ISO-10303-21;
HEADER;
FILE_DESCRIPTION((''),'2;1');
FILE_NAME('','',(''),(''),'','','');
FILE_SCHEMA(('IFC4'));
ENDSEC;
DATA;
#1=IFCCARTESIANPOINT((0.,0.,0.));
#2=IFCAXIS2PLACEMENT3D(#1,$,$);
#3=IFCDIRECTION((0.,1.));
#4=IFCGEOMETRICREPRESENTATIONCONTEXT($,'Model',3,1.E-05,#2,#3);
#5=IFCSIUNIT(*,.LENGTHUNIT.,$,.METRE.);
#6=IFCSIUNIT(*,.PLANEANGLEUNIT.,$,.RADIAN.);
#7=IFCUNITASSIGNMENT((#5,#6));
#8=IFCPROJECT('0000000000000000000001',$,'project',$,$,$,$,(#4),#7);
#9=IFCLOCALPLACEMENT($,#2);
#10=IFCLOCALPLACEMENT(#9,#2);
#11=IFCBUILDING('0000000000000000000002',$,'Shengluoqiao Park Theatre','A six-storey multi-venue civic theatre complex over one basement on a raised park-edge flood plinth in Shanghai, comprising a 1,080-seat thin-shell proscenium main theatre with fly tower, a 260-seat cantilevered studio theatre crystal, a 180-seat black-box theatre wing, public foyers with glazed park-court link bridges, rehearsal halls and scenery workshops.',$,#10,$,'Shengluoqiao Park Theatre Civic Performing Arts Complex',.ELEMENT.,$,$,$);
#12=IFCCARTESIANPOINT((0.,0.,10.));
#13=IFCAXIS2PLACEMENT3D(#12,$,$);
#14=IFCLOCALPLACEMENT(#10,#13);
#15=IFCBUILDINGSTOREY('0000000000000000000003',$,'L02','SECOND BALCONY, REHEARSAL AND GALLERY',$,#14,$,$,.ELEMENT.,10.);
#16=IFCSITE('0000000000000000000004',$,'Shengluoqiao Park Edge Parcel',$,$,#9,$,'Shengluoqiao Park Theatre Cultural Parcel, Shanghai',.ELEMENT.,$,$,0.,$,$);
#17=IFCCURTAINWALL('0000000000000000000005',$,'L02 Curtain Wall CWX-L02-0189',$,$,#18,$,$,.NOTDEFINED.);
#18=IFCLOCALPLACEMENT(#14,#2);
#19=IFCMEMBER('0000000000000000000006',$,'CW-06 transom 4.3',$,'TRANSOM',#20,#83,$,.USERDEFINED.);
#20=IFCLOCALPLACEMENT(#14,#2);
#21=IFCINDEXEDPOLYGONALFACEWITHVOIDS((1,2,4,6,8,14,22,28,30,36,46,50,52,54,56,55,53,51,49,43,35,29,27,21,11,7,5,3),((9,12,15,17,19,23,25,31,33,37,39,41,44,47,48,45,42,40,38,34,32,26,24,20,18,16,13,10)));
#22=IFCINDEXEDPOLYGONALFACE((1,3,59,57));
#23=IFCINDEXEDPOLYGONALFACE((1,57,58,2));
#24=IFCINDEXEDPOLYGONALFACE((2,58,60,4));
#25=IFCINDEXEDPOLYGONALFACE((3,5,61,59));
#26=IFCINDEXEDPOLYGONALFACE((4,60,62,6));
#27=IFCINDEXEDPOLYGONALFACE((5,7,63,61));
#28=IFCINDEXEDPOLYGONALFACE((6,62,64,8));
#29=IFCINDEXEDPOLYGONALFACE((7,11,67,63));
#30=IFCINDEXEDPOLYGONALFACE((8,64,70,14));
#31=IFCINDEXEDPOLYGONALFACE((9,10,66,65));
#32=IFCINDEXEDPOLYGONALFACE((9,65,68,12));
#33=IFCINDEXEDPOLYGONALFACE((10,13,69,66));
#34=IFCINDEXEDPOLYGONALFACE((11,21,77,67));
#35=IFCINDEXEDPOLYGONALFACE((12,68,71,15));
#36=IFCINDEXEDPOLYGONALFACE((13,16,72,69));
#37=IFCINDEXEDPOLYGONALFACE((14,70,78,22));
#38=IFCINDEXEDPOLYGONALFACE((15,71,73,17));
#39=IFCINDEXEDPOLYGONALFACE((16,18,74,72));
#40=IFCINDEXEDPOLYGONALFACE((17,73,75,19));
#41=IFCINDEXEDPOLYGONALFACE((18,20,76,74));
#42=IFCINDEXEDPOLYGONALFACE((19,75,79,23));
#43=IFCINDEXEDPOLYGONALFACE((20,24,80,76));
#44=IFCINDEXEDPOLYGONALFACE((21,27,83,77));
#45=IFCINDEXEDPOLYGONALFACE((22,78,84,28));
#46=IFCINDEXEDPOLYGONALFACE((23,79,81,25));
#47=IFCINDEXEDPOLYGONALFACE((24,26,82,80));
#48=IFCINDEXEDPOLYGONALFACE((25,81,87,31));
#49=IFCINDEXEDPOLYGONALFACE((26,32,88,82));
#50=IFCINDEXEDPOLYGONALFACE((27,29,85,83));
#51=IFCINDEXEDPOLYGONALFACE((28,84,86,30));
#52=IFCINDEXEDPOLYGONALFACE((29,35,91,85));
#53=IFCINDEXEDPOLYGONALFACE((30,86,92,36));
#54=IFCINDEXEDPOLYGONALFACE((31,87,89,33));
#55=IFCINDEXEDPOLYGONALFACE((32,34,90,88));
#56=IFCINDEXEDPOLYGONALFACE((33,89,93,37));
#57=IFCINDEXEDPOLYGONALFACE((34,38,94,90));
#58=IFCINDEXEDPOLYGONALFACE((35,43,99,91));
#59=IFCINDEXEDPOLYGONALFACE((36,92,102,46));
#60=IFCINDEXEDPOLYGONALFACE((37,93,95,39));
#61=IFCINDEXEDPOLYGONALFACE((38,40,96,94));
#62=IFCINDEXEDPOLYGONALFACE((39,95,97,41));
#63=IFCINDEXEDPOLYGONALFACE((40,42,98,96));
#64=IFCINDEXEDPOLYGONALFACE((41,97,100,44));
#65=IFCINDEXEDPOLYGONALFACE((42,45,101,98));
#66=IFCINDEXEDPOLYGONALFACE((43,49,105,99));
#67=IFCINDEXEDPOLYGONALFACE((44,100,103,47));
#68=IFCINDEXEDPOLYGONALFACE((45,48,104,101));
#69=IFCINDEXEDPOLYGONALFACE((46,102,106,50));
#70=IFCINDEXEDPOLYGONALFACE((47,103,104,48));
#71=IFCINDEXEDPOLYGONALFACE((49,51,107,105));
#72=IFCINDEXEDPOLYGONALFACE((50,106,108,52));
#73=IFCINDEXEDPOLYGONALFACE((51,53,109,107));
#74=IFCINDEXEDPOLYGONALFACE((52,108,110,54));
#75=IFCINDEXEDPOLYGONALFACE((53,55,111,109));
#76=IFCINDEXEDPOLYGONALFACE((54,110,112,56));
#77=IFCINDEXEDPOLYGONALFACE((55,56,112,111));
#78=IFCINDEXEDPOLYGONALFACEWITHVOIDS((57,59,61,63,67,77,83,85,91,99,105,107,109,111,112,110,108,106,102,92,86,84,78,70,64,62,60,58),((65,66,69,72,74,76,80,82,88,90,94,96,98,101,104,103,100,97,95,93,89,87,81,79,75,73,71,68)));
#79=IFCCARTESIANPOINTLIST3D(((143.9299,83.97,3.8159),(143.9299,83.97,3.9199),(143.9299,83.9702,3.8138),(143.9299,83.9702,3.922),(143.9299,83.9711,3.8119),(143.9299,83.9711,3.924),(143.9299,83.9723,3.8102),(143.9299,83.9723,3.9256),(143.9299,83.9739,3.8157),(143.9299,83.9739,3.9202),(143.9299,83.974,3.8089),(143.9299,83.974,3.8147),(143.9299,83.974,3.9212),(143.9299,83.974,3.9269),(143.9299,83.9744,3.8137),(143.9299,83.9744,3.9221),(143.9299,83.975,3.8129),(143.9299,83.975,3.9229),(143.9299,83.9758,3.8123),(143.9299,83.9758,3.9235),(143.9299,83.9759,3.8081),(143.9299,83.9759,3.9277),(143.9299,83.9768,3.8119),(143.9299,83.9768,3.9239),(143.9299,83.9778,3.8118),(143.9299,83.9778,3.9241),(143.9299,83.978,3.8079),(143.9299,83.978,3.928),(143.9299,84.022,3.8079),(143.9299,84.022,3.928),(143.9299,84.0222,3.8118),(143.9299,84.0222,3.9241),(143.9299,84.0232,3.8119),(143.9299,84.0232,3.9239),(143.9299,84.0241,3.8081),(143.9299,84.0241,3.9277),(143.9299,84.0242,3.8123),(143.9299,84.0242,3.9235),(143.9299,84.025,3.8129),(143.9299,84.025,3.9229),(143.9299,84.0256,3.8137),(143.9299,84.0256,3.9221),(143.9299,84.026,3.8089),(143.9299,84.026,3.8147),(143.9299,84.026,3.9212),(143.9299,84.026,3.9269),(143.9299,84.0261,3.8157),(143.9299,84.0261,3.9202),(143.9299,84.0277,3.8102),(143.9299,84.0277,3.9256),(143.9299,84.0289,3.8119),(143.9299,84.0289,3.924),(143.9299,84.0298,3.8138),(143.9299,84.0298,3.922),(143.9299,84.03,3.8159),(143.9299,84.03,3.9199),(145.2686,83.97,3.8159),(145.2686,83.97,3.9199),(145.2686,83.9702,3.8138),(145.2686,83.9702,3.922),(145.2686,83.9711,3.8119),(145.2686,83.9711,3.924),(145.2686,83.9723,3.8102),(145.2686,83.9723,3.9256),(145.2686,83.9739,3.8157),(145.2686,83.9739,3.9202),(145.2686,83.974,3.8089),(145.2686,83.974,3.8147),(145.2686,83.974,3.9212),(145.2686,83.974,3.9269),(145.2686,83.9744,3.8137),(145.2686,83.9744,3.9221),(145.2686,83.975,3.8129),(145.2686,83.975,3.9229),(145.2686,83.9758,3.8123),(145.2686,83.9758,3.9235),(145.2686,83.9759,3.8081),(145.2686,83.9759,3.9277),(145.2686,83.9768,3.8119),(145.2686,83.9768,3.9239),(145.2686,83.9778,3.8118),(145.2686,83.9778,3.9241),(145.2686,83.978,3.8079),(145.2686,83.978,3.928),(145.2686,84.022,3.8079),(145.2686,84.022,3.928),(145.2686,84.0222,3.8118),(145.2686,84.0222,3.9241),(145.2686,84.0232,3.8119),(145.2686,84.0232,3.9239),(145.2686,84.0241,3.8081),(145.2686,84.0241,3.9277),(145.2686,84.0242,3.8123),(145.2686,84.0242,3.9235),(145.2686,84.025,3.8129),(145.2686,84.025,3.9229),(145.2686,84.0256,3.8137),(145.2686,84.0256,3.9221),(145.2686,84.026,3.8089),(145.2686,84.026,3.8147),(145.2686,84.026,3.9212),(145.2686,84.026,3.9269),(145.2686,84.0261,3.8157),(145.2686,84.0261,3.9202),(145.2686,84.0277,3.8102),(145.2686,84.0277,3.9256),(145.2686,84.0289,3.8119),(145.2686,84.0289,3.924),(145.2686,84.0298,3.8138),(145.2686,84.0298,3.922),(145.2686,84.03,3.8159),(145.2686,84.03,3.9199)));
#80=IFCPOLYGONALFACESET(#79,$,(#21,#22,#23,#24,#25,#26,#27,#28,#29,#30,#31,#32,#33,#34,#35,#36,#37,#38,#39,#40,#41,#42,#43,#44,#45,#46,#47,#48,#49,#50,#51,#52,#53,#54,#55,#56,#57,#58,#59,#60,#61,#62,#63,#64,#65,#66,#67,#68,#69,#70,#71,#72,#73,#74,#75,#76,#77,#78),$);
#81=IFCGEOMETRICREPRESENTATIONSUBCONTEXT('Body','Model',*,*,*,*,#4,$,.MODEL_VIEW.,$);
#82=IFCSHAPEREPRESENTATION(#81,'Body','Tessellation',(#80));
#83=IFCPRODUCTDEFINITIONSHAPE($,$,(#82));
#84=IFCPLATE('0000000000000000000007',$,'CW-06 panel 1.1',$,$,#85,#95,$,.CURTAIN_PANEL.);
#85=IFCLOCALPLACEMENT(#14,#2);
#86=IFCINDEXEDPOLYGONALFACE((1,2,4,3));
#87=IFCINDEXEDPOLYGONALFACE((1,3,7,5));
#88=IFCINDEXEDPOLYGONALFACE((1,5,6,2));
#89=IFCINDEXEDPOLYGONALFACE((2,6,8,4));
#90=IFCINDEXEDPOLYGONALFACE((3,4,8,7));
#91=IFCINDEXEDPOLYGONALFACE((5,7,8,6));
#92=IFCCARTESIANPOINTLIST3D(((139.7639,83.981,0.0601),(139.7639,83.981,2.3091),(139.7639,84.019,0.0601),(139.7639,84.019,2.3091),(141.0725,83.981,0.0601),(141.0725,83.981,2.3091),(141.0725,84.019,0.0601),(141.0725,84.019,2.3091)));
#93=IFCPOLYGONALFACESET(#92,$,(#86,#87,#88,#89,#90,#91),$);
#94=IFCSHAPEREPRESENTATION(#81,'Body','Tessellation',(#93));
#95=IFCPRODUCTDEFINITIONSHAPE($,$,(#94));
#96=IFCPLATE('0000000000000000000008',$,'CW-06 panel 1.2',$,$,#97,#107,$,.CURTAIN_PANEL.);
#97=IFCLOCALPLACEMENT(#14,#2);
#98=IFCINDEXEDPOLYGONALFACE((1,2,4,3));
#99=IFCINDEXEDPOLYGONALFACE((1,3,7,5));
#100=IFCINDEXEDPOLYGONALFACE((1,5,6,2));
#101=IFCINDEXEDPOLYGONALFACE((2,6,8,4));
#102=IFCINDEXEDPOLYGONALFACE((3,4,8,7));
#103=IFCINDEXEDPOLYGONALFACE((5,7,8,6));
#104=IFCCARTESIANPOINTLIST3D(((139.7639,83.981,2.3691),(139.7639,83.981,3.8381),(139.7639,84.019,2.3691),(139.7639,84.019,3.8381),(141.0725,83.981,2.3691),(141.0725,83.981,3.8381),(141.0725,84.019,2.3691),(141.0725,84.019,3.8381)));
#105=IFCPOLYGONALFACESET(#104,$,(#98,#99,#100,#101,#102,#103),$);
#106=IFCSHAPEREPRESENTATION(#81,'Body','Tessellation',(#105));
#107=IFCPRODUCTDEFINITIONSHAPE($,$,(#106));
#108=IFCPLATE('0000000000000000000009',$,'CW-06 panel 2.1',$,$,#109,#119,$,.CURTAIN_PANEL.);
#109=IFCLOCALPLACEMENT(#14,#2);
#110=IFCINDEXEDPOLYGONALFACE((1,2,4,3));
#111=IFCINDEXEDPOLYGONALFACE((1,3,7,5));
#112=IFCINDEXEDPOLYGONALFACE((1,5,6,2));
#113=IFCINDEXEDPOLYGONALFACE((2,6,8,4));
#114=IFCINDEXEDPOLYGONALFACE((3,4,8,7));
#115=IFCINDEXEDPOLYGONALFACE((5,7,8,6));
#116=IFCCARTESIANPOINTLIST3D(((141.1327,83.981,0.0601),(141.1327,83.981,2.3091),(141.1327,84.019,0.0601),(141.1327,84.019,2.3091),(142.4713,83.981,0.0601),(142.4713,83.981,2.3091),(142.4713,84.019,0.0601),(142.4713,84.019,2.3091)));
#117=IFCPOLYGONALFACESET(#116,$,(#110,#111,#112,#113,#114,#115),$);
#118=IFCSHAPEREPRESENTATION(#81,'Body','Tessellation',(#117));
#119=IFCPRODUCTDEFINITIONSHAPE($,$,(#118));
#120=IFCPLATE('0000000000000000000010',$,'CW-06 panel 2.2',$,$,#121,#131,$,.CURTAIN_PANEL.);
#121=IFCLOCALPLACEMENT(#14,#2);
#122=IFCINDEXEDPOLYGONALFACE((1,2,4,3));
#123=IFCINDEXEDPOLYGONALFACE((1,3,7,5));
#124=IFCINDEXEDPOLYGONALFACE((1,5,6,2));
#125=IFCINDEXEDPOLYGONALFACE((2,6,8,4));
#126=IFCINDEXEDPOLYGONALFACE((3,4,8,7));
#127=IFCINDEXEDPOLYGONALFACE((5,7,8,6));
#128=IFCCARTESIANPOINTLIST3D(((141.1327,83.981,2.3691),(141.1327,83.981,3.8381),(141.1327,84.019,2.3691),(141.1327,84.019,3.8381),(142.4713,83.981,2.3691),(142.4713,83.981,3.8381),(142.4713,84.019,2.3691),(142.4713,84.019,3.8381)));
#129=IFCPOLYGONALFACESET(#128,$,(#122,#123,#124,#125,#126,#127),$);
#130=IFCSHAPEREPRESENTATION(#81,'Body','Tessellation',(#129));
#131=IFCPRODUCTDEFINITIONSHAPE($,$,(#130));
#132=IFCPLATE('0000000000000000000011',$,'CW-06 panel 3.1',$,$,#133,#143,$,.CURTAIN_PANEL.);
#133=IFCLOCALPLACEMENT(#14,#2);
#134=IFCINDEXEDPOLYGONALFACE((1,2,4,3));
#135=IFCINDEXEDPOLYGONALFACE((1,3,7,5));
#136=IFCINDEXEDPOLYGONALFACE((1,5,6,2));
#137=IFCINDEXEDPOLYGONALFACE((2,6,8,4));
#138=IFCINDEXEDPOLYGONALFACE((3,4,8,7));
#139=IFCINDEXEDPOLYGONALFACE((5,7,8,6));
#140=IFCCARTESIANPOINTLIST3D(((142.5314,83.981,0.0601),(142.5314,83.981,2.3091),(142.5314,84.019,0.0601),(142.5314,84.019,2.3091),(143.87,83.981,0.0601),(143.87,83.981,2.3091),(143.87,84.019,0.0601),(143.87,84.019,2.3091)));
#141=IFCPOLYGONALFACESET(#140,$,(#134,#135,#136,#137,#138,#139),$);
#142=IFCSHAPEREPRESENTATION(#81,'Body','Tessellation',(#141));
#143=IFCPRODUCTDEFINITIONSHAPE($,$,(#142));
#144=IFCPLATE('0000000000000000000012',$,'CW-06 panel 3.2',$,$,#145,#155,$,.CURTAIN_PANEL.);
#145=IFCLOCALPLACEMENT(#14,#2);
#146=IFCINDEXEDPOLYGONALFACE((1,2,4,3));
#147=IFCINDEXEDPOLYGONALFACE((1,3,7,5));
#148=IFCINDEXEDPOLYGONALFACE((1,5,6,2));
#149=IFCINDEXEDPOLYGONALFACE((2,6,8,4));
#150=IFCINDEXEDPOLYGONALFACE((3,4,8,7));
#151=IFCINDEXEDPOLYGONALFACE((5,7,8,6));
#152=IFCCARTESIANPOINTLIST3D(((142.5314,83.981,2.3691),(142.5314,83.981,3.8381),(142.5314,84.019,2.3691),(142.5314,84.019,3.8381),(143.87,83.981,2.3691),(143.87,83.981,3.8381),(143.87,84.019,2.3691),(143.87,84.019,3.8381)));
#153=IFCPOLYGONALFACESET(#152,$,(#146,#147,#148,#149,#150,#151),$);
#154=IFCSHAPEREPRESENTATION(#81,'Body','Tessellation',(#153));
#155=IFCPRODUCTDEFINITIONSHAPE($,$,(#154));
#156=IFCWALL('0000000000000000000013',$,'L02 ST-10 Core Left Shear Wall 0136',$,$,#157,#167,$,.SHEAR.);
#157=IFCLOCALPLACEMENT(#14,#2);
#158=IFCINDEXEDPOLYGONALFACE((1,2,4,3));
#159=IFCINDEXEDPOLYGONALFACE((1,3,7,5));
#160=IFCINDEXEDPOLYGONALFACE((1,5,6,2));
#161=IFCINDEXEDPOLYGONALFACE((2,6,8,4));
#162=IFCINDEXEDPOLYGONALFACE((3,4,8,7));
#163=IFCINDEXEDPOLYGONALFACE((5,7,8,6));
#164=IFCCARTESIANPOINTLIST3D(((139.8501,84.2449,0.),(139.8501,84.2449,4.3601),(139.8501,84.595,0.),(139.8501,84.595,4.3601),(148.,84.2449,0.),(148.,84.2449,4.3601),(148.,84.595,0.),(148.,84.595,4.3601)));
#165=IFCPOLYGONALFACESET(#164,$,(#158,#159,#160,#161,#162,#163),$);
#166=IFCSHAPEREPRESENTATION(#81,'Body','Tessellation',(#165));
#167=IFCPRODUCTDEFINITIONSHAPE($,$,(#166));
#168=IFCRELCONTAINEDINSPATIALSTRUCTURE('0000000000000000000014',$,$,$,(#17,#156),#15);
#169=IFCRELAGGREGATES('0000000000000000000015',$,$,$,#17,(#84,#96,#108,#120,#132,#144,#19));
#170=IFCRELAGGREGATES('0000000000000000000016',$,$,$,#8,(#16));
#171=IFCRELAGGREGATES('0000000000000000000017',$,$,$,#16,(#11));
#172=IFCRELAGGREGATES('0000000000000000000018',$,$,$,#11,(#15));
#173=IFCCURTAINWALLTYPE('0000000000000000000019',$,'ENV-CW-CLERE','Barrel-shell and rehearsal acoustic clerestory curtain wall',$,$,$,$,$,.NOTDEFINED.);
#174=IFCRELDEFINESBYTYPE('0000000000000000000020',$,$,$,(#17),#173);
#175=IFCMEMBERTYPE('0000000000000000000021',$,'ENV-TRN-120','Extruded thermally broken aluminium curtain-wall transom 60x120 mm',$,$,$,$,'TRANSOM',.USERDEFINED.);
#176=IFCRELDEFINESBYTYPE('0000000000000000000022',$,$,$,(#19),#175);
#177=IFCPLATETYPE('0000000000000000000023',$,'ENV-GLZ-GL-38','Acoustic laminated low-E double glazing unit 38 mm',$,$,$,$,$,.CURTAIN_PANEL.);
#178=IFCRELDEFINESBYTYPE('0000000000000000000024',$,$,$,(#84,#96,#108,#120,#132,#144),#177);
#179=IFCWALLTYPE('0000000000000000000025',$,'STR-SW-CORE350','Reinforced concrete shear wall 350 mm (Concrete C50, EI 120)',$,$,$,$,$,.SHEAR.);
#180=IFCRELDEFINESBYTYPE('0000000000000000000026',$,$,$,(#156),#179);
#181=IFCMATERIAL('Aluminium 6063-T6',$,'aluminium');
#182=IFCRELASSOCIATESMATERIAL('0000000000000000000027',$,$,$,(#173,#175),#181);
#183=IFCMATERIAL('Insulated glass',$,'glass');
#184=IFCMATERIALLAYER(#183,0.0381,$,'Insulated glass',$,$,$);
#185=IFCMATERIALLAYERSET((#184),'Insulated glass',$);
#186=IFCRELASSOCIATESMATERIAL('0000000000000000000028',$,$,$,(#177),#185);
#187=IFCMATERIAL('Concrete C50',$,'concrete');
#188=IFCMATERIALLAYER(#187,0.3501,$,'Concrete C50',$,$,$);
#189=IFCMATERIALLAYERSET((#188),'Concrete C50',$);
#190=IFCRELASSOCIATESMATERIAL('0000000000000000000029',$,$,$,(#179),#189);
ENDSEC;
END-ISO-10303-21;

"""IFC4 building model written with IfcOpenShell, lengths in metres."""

from ifc_helpers import new_model, si_unit, direction, frame, frame_2d, origin, origin_2d, place, context, subcontext, project, spatial, rectangle, hollow_rectangle, extrude, material, layer, layer_set, material_profile, profile_set, type_object, element, aggregate, save


model = new_model("IFC4")

# Units and contexts
model_context = context("Model", 3, precision=1e-05, world=origin(), true_north=direction((0.0, 1.0)))
body_context = subcontext(model_context, "Body", "Model", "MODEL_VIEW")
ifc_project = project(units=[si_unit("LENGTHUNIT", "METRE"), si_unit("PLANEANGLEUNIT", "RADIAN")], contexts=[model_context])

# Site, building, storey
site_placement = place(None, origin())
site = spatial("IfcSite", under=ifc_project, at=site_placement, Name="Shengluoqiao Park Edge Parcel", LongName="Shengluoqiao Park Theatre Cultural Parcel, Shanghai", CompositionType="ELEMENT", RefElevation=0.0)
building_placement = place(site_placement, origin())
building = spatial("IfcBuilding", under=site, at=building_placement, Name="Shengluoqiao Park Theatre", Description="A six-storey multi-venue civic theatre complex over one basement on a raised park-edge flood plinth in Shanghai, comprising a 1,080-seat thin-shell proscenium main theatre with fly tower, a 260-seat cantilevered studio theatre crystal, a 180-seat black-box theatre wing, public foyers with glazed park-court link bridges, rehearsal halls and scenery workshops.", LongName="Shengluoqiao Park Theatre Civic Performing Arts Complex", CompositionType="ELEMENT")
storey_placement = place(building_placement, frame((0.0, 0.0, 10.0)))
storey = spatial("IfcBuildingStorey", under=building, at=storey_placement, Name="L02", Description="SECOND BALCONY, REHEARSAL AND GALLERY", CompositionType="ELEMENT", Elevation=10.0)

# Curtain wall, member, plates
ifc_material_1 = material(Name="Aluminium 6063-T6", Category="aluminium")
curtain_wall_type = type_object("IfcCurtainWallType", Name="ENV-CW-CLERE", Description="Barrel-shell and rehearsal acoustic clerestory curtain wall", PredefinedType="NOTDEFINED", material=ifc_material_1)
curtain_wall_placement = place(storey_placement, origin())
curtain_wall = element("IfcCurtainWall", 1, at=curtain_wall_placement, inside=storey, type_object=curtain_wall_type, Name="L02 Curtain Wall CWX-L02-0189", PredefinedType="NOTDEFINED")
ifc_material_profile_1 = material_profile(ifc_material_1, hollow_rectangle(XDim=0.0601, YDim=0.1201, WallThickness=0.0039, InnerFilletRadius=0.0039, OuterFilletRadius=0.0081, at=origin_2d()), Name="ALU TRANSOM 120x60x4")
ifc_profile_set_1 = profile_set([ifc_material_profile_1], Name="Aluminium 6063-T6")
member_type_1 = type_object("IfcMemberType", Name="ENV-TRN-120", Description="Extruded thermally broken aluminium curtain-wall transom 60x120 mm", ElementType="TRANSOM", PredefinedType="USERDEFINED", material=ifc_profile_set_1)
member_1_placement = place(storey_placement, frame((143.9299, 84.0, 3.8679), z_axis=(1.0, 0.0, 0.0), x_axis=(0.0, 1.0, 0.0)))
member_1 = element("IfcMember", 2, at=member_1_placement, type_object=member_type_1, Name="CW-06 transom 4.3", ObjectType="TRANSOM", PredefinedType="USERDEFINED", context=body_context, shape_type="SweptSolid", body=[
    extrude(hollow_rectangle(XDim=0.0601, YDim=0.1201, WallThickness=0.0039, InnerFilletRadius=0.0039, OuterFilletRadius=0.0081, at=origin_2d()), origin(), (0.0, 0.0, 1.0), 1.3386),
])
ifc_material_2 = material(Name="Insulated glass", Category="glass")
ifc_layer_1 = layer(ifc_material_2, 0.0381, Name="Insulated glass")
ifc_layer_set_1 = layer_set([ifc_layer_1], Name="Insulated glass")
plate_type = type_object("IfcPlateType", Name="ENV-GLZ-GL-38", Description="Acoustic laminated low-E double glazing unit 38 mm", PredefinedType="CURTAIN_PANEL", material=ifc_layer_set_1)
plate_1_placement = place(storey_placement, frame((140.4182, 84.0, 0.0601), z_axis=(0.0, 0.0, 1.0), x_axis=(1.0, 0.0, 0.0)))
plate_1 = element("IfcPlate", 3, at=plate_1_placement, type_object=plate_type, Name="CW-06 panel 1.1", PredefinedType="CURTAIN_PANEL", context=body_context, shape_type="SweptSolid", body=[
    extrude(rectangle(XDim=1.3086, YDim=0.0381, at=origin_2d()), origin(), (0.0, 0.0, 1.0), 2.249),
])
plate_2_placement = place(storey_placement, frame((140.4182, 84.0, 2.3691), z_axis=(0.0, 0.0, 1.0), x_axis=(1.0, 0.0, 0.0)))
plate_2 = element("IfcPlate", 4, at=plate_2_placement, type_object=plate_type, Name="CW-06 panel 1.2", PredefinedType="CURTAIN_PANEL", context=body_context, shape_type="SweptSolid", body=[
    extrude(rectangle(XDim=1.3086, YDim=0.0381, at=origin_2d()), origin(), (0.0, 0.0, 1.0), 1.469),
])
plate_3_placement = place(storey_placement, frame((141.802, 84.0, 0.0601), z_axis=(0.0, 0.0, 1.0), x_axis=(1.0, 0.0, 0.0)))
plate_3 = element("IfcPlate", 5, at=plate_3_placement, type_object=plate_type, Name="CW-06 panel 2.1", PredefinedType="CURTAIN_PANEL", context=body_context, shape_type="SweptSolid", body=[
    extrude(rectangle(XDim=1.3386, YDim=0.0381, at=origin_2d()), origin(), (0.0, 0.0, 1.0), 2.249),
])
plate_4_placement = place(storey_placement, frame((141.802, 84.0, 2.3691), z_axis=(0.0, 0.0, 1.0), x_axis=(1.0, 0.0, 0.0)))
plate_4 = element("IfcPlate", 6, at=plate_4_placement, type_object=plate_type, Name="CW-06 panel 2.2", PredefinedType="CURTAIN_PANEL", context=body_context, shape_type="SweptSolid", body=[
    extrude(rectangle(XDim=1.3386, YDim=0.0381, at=origin_2d()), origin(), (0.0, 0.0, 1.0), 1.469),
])
plate_5_placement = place(storey_placement, frame((143.2007, 84.0, 0.0601), z_axis=(0.0, 0.0, 1.0), x_axis=(1.0, 0.0, 0.0)))
plate_5 = element("IfcPlate", 7, at=plate_5_placement, type_object=plate_type, Name="CW-06 panel 3.1", PredefinedType="CURTAIN_PANEL", context=body_context, shape_type="SweptSolid", body=[
    extrude(rectangle(XDim=1.3386, YDim=0.0381, at=origin_2d()), origin(), (0.0, 0.0, 1.0), 2.249),
])
plate_6_placement = place(storey_placement, frame((143.2007, 84.0, 2.3691), z_axis=(0.0, 0.0, 1.0), x_axis=(1.0, 0.0, 0.0)))
plate_6 = element("IfcPlate", 8, at=plate_6_placement, type_object=plate_type, Name="CW-06 panel 3.2", PredefinedType="CURTAIN_PANEL", context=body_context, shape_type="SweptSolid", body=[
    extrude(rectangle(XDim=1.3386, YDim=0.0381, at=origin_2d()), origin(), (0.0, 0.0, 1.0), 1.469),
])
aggregate(curtain_wall, [plate_1, plate_2, plate_3, plate_4, plate_5, plate_6, member_1])

# Wall
ifc_material_3 = material(Name="Concrete C50", Category="concrete")
ifc_layer_2 = layer(ifc_material_3, 0.3501, Name="Concrete C50")
ifc_layer_set_2 = layer_set([ifc_layer_2], Name="Concrete C50")
wall_type = type_object("IfcWallType", Name="STR-SW-CORE350", Description="Reinforced concrete shear wall 350 mm (Concrete C50, EI 120)", PredefinedType="SHEAR", material=ifc_layer_set_2)
wall_placement = place(storey_placement, frame((139.8501, 84.4199, 0.0), z_axis=(0.0, 0.0, 1.0), x_axis=(1.0, 0.0, 0.0)))
element("IfcWall", 9, at=wall_placement, inside=storey, type_object=wall_type, Name="L02 ST-10 Core Left Shear Wall 0136", PredefinedType="SHEAR", context=body_context, shape_type="SweptSolid", body=[
    extrude(rectangle(XDim=8.1499, YDim=0.3501, at=frame_2d((4.075, 0.0))), origin(), (0.0, 0.0, 1.0), 4.3601),
])

save(model, "model.ifc")
